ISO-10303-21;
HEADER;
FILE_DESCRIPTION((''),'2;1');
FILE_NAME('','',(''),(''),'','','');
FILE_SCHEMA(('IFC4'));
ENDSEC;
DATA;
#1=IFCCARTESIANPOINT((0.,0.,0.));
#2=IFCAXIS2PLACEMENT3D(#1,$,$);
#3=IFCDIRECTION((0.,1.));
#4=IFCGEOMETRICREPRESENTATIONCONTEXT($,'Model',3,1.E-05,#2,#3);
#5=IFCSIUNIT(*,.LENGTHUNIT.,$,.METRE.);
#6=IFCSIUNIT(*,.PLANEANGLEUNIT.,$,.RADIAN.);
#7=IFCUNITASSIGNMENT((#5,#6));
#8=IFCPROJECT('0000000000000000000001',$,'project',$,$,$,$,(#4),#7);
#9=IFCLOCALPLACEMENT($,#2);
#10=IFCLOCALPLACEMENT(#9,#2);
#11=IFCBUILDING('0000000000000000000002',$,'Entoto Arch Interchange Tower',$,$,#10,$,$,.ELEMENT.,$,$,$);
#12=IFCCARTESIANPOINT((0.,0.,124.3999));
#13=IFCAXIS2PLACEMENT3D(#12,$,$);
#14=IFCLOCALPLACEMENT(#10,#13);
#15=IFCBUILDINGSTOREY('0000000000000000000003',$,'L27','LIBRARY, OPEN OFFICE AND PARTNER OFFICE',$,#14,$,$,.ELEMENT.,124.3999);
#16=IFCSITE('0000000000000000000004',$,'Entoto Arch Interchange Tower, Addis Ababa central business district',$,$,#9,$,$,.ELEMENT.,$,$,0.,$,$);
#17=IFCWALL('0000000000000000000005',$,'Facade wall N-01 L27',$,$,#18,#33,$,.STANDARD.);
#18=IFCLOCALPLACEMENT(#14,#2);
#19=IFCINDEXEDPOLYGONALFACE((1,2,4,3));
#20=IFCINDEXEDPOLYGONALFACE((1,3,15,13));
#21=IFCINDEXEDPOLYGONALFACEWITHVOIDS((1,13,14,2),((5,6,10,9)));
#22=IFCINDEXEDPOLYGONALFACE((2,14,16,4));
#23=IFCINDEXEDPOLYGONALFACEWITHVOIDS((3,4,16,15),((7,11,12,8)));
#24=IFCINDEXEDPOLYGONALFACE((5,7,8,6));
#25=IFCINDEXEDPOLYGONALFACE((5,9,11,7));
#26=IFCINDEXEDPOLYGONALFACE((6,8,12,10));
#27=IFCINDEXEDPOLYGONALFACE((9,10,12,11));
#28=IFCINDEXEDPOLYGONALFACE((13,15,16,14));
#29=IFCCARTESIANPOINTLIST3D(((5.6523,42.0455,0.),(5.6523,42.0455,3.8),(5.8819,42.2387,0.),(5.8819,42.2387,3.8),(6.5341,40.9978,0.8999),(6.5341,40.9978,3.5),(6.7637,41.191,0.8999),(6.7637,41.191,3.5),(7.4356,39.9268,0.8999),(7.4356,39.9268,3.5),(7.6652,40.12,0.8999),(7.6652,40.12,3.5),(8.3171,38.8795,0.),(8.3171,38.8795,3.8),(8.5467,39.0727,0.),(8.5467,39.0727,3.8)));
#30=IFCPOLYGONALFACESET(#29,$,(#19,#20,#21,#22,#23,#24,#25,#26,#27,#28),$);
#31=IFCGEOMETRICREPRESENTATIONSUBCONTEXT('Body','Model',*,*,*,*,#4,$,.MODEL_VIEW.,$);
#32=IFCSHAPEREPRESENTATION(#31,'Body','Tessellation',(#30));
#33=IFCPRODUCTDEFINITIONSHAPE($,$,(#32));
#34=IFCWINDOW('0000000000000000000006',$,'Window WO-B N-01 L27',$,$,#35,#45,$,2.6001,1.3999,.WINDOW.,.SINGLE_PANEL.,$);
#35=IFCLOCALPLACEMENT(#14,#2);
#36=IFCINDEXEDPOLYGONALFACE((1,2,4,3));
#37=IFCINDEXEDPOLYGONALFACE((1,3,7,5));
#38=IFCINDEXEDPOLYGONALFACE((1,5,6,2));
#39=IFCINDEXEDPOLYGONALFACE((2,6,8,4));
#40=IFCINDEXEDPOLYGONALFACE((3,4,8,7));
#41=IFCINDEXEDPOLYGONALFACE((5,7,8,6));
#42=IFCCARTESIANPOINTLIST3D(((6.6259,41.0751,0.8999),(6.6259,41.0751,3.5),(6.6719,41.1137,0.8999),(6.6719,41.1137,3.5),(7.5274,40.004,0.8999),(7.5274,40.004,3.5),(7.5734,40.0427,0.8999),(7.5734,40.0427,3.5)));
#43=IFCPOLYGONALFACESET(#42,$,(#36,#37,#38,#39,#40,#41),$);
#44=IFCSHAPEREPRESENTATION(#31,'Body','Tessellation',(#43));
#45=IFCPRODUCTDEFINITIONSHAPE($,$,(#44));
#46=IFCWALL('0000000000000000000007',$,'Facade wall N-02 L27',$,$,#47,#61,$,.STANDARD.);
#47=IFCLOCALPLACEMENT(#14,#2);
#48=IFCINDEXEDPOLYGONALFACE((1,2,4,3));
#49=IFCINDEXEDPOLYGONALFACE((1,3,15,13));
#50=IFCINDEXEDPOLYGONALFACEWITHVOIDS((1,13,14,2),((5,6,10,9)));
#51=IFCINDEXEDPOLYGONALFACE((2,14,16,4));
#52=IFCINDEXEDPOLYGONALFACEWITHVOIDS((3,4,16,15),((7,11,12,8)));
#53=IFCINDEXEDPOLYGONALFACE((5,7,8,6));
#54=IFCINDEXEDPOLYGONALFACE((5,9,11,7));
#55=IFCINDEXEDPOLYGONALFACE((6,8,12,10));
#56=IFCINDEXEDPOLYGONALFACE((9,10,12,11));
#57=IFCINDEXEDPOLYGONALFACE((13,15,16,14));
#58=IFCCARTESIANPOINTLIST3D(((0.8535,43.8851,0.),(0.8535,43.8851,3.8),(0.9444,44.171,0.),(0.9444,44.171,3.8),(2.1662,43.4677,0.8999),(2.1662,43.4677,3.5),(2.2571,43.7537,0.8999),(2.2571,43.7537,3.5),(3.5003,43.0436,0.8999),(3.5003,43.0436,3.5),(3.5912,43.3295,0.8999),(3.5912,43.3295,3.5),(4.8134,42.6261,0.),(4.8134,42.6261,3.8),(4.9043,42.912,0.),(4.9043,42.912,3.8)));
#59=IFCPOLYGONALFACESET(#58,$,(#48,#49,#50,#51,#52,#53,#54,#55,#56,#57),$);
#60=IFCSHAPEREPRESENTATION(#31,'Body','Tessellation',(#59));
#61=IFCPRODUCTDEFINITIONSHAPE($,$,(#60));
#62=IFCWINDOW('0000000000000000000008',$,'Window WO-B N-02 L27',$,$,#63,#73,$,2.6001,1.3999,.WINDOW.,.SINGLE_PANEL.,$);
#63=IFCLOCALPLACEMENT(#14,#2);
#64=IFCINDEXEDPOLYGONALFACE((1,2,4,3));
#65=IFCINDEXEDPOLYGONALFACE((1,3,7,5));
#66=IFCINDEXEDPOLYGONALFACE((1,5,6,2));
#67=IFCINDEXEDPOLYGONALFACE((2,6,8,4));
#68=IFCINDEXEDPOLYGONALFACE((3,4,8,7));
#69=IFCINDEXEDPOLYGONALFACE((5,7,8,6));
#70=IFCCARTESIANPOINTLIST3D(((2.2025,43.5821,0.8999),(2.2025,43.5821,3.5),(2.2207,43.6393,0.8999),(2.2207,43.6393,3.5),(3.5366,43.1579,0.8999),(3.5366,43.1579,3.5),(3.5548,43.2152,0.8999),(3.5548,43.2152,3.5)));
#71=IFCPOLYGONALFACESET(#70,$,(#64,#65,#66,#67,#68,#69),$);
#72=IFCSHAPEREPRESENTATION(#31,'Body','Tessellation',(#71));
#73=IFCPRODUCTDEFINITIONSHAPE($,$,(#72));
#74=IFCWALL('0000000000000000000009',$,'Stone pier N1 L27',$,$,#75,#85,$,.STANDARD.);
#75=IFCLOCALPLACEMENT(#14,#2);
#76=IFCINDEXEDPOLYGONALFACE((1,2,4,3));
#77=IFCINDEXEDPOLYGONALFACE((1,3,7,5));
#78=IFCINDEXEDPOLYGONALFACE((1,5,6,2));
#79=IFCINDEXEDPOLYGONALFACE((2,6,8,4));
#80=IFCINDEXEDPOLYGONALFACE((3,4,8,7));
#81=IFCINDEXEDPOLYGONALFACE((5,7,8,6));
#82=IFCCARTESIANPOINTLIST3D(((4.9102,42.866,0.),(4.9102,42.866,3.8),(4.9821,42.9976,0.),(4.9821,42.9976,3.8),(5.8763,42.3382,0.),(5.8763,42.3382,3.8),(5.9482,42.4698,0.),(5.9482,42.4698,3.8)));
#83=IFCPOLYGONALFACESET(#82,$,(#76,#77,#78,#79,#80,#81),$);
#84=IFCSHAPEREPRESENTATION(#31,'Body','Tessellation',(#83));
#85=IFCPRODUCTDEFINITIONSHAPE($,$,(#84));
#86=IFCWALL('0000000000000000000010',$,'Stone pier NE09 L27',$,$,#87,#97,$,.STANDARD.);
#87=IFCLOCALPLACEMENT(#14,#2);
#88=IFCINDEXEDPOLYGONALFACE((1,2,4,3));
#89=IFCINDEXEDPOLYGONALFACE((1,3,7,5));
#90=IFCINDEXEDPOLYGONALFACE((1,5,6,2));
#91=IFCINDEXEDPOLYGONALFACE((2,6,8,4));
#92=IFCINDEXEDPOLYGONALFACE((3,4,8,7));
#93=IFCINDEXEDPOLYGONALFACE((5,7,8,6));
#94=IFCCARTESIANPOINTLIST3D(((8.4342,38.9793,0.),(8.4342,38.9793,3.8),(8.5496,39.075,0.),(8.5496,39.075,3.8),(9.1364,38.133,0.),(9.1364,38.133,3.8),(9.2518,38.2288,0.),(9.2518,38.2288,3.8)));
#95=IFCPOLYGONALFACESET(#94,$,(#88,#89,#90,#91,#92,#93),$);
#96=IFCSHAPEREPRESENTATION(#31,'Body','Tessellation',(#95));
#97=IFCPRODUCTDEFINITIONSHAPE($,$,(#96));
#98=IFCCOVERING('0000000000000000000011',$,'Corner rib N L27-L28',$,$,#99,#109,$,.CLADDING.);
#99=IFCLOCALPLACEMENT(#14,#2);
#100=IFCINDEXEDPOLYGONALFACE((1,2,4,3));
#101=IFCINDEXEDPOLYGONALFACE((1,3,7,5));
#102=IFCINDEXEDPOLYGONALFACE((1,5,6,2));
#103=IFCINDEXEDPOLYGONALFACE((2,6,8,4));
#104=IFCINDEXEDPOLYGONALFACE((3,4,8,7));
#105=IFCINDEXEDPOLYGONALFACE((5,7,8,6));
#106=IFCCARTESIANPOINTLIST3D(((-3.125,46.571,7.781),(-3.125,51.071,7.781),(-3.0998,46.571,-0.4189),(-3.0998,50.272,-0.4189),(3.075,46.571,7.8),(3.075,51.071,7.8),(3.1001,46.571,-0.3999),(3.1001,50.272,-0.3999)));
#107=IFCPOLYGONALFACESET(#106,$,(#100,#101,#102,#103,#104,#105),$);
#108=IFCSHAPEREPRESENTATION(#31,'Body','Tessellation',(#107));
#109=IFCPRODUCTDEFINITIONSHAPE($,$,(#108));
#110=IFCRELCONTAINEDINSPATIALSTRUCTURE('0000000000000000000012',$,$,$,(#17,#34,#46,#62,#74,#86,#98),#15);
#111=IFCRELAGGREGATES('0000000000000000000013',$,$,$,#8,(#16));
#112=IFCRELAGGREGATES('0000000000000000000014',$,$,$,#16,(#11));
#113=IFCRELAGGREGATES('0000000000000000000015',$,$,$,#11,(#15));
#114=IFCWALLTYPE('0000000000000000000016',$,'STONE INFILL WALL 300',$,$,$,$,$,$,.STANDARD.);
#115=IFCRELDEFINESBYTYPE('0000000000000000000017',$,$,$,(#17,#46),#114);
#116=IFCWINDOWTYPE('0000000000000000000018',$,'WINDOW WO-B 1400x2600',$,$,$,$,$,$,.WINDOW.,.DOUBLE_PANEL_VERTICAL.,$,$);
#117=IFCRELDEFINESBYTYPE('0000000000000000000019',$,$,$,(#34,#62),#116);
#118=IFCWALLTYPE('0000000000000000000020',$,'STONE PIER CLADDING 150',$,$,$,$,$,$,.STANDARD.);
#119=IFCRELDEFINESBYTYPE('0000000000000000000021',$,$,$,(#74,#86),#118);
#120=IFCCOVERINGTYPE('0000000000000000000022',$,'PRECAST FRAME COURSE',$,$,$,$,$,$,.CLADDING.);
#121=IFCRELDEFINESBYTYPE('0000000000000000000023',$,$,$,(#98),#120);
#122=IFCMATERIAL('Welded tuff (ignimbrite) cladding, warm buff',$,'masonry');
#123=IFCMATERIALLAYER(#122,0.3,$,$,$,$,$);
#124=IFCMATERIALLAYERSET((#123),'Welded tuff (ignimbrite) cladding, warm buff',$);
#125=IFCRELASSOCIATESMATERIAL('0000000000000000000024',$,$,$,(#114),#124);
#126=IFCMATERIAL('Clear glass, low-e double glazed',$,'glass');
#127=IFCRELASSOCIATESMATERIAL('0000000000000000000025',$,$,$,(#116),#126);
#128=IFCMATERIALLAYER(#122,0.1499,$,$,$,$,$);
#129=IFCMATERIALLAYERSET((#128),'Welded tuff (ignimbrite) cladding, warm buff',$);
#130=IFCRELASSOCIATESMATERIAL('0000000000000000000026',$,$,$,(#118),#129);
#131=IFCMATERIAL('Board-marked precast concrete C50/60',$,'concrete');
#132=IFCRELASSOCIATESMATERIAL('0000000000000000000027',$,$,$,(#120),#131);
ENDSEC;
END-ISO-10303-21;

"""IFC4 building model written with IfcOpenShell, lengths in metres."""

from ifc_helpers import new_model, si_unit, direction, frame, frame_2d, origin, place, context, subcontext, project, spatial, polyline, rectangle, outline, extrude, material, layer, layer_set, type_object, element, fill, save


model = new_model("IFC4")

# Units and contexts
model_context = context("Model", 3, precision=1e-05, world=origin(), true_north=direction((0.0, 1.0)))
body_context = subcontext(model_context, "Body", "Model", "MODEL_VIEW")
ifc_project = project(units=[si_unit("LENGTHUNIT", "METRE"), si_unit("PLANEANGLEUNIT", "RADIAN")], contexts=[model_context])

# Site, building, storey
site_placement = place(None, origin())
site = spatial("IfcSite", under=ifc_project, at=site_placement, Name="Entoto Arch Interchange Tower, Addis Ababa central business district", CompositionType="ELEMENT", RefElevation=0.0)
building_placement = place(site_placement, origin())
building = spatial("IfcBuilding", under=site, at=building_placement, Name="Entoto Arch Interchange Tower", CompositionType="ELEMENT")
storey_placement = place(building_placement, frame((0.0, 0.0, 124.3999)))
storey = spatial("IfcBuildingStorey", under=building, at=storey_placement, Name="L27", Description="LIBRARY, OPEN OFFICE AND PARTNER OFFICE", CompositionType="ELEMENT", Elevation=124.3999)

# Shared definitions
ifc_material_1 = material(Name="Welded tuff (ignimbrite) cladding, warm buff", Category="masonry")
ifc_layer_1 = layer(ifc_material_1, 0.3)
ifc_layer_set_1 = layer_set([ifc_layer_1], Name="Welded tuff (ignimbrite) cladding, warm buff")
wall_type_1 = type_object("IfcWallType", Name="STONE INFILL WALL 300", PredefinedType="STANDARD", material=ifc_layer_set_1)
ifc_material_2 = material(Name="Clear glass, low-e double glazed", Category="glass")

# Walls, openings, windows
wall_1_placement = place(storey_placement, frame((8.4319, 38.9761, 0.0), z_axis=(0.0, 0.0, 1.0), x_axis=(-0.643949, 0.765069, 0.0)))
wall_1 = element("IfcWall", 1, at=wall_1_placement, inside=storey, type_object=wall_type_1, Name="Facade wall N-01 L27", PredefinedType="STANDARD", context=body_context, shape_type="SweptSolid", body=[
    extrude(rectangle(XDim=4.1382, YDim=0.3, at=frame_2d((2.0691, 0.0))), origin(), (0.0, 0.0, 1.0), 3.8),
])
opening_1_placement = place(wall_1_placement, frame((1.3689, 0.0, 0.8999)))
opening_1 = element("IfcOpeningElement", 2, at=opening_1_placement, cuts=wall_1, PredefinedType="OPENING", context=body_context, shape_type="SweptSolid", body=[
    extrude(rectangle(XDim=1.3999, YDim=2.6001, at=frame_2d((0.7, 1.3))), frame((0.0, 0.1602, 0.0), z_axis=(0.0, -1.0, 0.0), x_axis=(1.0, 0.0, 0.0)), (0.0, 0.0, 1.0), 0.3201),
])
window_type_1 = type_object("IfcWindowType", Name="WINDOW WO-B 1400x2600", PartitioningType="DOUBLE_PANEL_VERTICAL", PredefinedType="WINDOW", material=ifc_material_2)
window_1_placement = place(opening_1_placement, origin())
window_1 = element("IfcWindow", 3, at=window_1_placement, inside=storey, type_object=window_type_1, Name="Window WO-B N-01 L27", OverallHeight=2.6001, OverallWidth=1.3999, PartitioningType="SINGLE_PANEL", PredefinedType="WINDOW", context=body_context, shape_type="SweptSolid", body=[
    extrude(rectangle(XDim=1.3999, YDim=2.6001, at=frame_2d((0.7, 1.3))), frame((0.0, 0.03, 0.0), z_axis=(0.0, -1.0, 0.0), x_axis=(1.0, 0.0, 0.0)), (0.0, 0.0, 1.0), 0.0601),
])
fill(opening_1, window_1)
wall_2_placement = place(storey_placement, frame((4.8589, 42.769, 0.0), z_axis=(0.0, 0.0, 1.0), x_axis=(-0.952992, 0.302995, 0.0)))
wall_2 = element("IfcWall", 4, at=wall_2_placement, inside=storey, type_object=wall_type_1, Name="Facade wall N-02 L27", PredefinedType="STANDARD", context=body_context, shape_type="SweptSolid", body=[
    extrude(rectangle(XDim=4.1553, YDim=0.3, at=frame_2d((2.0776, 0.0))), origin(), (0.0, 0.0, 1.0), 3.8),
])
opening_2_placement = place(wall_2_placement, frame((1.3779, 0.0, 0.8999)))
opening_2 = element("IfcOpeningElement", 5, at=opening_2_placement, cuts=wall_2, PredefinedType="OPENING", context=body_context, shape_type="SweptSolid", body=[
    extrude(rectangle(XDim=1.3999, YDim=2.6001, at=frame_2d((0.7, 1.3))), frame((0.0, 0.1602, 0.0), z_axis=(0.0, -1.0, 0.0), x_axis=(1.0, 0.0, 0.0)), (0.0, 0.0, 1.0), 0.3201),
])
window_2_placement = place(opening_2_placement, origin())
window_2 = element("IfcWindow", 6, at=window_2_placement, inside=storey, type_object=window_type_1, Name="Window WO-B N-02 L27", OverallHeight=2.6001, OverallWidth=1.3999, PartitioningType="SINGLE_PANEL", PredefinedType="WINDOW", context=body_context, shape_type="SweptSolid", body=[
    extrude(rectangle(XDim=1.3999, YDim=2.6001, at=frame_2d((0.7, 1.3))), frame((0.0, 0.03, 0.0), z_axis=(0.0, -1.0, 0.0), x_axis=(1.0, 0.0, 0.0)), (0.0, 0.0, 1.0), 0.0601),
])
fill(opening_2, window_2)

# Walls
ifc_layer_2 = layer(ifc_material_1, 0.1499)
ifc_layer_set_2 = layer_set([ifc_layer_2], Name="Welded tuff (ignimbrite) cladding, warm buff")
wall_type_2 = type_object("IfcWallType", Name="STONE PIER CLADDING 150", PredefinedType="STANDARD", material=ifc_layer_set_2)
wall_3_placement = place(storey_placement, frame((5.9121, 42.4041, 0.0), z_axis=(0.0, 0.0, 1.0), x_axis=(-0.877556, 0.479474, 0.0)))
element("IfcWall", 7, at=wall_3_placement, inside=storey, type_object=wall_type_2, Name="Stone pier N1 L27", PredefinedType="STANDARD", context=body_context, shape_type="SweptSolid", body=[
    extrude(rectangle(XDim=1.1008, YDim=0.1499, at=frame_2d((0.5503, 0.0))), origin(), (0.0, 0.0, 1.0), 3.8),
])
wall_4_placement = place(storey_placement, frame((9.1941, 38.1809, 0.0), z_axis=(0.0, 0.0, 1.0), x_axis=(-0.638567, 0.769566, 0.0)))
element("IfcWall", 8, at=wall_4_placement, inside=storey, type_object=wall_type_2, Name="Stone pier NE09 L27", PredefinedType="STANDARD", context=body_context, shape_type="SweptSolid", body=[
    extrude(rectangle(XDim=1.0996, YDim=0.1499, at=frame_2d((0.5498, 0.0))), origin(), (0.0, 0.0, 1.0), 3.8),
])

# Covering
ifc_material_3 = material(Name="Board-marked precast concrete C50/60", Category="concrete")
covering_type = type_object("IfcCoveringType", Name="PRECAST FRAME COURSE", PredefinedType="CLADDING", material=ifc_material_3)
covering_1_placement = place(storey_placement, frame((3.1001, 46.571, -0.3999), z_axis=(0.999995, 0.0, 0.003067), x_axis=(0.0, 1.0, 0.0)))
element("IfcCovering", 9, at=covering_1_placement, inside=storey, type_object=covering_type, Name="Corner rib N L27-L28", PredefinedType="CLADDING", context=body_context, shape_type="SweptSolid", body=[
    extrude(outline(polyline([(0.0, 0.0), (3.7009, 0.0), (4.5, 8.2), (0.0, 8.2), (0.0, 0.0)])), origin(), (0.0, 0.0, -1.0), 6.2),
])

save(model, "model.ifc")
